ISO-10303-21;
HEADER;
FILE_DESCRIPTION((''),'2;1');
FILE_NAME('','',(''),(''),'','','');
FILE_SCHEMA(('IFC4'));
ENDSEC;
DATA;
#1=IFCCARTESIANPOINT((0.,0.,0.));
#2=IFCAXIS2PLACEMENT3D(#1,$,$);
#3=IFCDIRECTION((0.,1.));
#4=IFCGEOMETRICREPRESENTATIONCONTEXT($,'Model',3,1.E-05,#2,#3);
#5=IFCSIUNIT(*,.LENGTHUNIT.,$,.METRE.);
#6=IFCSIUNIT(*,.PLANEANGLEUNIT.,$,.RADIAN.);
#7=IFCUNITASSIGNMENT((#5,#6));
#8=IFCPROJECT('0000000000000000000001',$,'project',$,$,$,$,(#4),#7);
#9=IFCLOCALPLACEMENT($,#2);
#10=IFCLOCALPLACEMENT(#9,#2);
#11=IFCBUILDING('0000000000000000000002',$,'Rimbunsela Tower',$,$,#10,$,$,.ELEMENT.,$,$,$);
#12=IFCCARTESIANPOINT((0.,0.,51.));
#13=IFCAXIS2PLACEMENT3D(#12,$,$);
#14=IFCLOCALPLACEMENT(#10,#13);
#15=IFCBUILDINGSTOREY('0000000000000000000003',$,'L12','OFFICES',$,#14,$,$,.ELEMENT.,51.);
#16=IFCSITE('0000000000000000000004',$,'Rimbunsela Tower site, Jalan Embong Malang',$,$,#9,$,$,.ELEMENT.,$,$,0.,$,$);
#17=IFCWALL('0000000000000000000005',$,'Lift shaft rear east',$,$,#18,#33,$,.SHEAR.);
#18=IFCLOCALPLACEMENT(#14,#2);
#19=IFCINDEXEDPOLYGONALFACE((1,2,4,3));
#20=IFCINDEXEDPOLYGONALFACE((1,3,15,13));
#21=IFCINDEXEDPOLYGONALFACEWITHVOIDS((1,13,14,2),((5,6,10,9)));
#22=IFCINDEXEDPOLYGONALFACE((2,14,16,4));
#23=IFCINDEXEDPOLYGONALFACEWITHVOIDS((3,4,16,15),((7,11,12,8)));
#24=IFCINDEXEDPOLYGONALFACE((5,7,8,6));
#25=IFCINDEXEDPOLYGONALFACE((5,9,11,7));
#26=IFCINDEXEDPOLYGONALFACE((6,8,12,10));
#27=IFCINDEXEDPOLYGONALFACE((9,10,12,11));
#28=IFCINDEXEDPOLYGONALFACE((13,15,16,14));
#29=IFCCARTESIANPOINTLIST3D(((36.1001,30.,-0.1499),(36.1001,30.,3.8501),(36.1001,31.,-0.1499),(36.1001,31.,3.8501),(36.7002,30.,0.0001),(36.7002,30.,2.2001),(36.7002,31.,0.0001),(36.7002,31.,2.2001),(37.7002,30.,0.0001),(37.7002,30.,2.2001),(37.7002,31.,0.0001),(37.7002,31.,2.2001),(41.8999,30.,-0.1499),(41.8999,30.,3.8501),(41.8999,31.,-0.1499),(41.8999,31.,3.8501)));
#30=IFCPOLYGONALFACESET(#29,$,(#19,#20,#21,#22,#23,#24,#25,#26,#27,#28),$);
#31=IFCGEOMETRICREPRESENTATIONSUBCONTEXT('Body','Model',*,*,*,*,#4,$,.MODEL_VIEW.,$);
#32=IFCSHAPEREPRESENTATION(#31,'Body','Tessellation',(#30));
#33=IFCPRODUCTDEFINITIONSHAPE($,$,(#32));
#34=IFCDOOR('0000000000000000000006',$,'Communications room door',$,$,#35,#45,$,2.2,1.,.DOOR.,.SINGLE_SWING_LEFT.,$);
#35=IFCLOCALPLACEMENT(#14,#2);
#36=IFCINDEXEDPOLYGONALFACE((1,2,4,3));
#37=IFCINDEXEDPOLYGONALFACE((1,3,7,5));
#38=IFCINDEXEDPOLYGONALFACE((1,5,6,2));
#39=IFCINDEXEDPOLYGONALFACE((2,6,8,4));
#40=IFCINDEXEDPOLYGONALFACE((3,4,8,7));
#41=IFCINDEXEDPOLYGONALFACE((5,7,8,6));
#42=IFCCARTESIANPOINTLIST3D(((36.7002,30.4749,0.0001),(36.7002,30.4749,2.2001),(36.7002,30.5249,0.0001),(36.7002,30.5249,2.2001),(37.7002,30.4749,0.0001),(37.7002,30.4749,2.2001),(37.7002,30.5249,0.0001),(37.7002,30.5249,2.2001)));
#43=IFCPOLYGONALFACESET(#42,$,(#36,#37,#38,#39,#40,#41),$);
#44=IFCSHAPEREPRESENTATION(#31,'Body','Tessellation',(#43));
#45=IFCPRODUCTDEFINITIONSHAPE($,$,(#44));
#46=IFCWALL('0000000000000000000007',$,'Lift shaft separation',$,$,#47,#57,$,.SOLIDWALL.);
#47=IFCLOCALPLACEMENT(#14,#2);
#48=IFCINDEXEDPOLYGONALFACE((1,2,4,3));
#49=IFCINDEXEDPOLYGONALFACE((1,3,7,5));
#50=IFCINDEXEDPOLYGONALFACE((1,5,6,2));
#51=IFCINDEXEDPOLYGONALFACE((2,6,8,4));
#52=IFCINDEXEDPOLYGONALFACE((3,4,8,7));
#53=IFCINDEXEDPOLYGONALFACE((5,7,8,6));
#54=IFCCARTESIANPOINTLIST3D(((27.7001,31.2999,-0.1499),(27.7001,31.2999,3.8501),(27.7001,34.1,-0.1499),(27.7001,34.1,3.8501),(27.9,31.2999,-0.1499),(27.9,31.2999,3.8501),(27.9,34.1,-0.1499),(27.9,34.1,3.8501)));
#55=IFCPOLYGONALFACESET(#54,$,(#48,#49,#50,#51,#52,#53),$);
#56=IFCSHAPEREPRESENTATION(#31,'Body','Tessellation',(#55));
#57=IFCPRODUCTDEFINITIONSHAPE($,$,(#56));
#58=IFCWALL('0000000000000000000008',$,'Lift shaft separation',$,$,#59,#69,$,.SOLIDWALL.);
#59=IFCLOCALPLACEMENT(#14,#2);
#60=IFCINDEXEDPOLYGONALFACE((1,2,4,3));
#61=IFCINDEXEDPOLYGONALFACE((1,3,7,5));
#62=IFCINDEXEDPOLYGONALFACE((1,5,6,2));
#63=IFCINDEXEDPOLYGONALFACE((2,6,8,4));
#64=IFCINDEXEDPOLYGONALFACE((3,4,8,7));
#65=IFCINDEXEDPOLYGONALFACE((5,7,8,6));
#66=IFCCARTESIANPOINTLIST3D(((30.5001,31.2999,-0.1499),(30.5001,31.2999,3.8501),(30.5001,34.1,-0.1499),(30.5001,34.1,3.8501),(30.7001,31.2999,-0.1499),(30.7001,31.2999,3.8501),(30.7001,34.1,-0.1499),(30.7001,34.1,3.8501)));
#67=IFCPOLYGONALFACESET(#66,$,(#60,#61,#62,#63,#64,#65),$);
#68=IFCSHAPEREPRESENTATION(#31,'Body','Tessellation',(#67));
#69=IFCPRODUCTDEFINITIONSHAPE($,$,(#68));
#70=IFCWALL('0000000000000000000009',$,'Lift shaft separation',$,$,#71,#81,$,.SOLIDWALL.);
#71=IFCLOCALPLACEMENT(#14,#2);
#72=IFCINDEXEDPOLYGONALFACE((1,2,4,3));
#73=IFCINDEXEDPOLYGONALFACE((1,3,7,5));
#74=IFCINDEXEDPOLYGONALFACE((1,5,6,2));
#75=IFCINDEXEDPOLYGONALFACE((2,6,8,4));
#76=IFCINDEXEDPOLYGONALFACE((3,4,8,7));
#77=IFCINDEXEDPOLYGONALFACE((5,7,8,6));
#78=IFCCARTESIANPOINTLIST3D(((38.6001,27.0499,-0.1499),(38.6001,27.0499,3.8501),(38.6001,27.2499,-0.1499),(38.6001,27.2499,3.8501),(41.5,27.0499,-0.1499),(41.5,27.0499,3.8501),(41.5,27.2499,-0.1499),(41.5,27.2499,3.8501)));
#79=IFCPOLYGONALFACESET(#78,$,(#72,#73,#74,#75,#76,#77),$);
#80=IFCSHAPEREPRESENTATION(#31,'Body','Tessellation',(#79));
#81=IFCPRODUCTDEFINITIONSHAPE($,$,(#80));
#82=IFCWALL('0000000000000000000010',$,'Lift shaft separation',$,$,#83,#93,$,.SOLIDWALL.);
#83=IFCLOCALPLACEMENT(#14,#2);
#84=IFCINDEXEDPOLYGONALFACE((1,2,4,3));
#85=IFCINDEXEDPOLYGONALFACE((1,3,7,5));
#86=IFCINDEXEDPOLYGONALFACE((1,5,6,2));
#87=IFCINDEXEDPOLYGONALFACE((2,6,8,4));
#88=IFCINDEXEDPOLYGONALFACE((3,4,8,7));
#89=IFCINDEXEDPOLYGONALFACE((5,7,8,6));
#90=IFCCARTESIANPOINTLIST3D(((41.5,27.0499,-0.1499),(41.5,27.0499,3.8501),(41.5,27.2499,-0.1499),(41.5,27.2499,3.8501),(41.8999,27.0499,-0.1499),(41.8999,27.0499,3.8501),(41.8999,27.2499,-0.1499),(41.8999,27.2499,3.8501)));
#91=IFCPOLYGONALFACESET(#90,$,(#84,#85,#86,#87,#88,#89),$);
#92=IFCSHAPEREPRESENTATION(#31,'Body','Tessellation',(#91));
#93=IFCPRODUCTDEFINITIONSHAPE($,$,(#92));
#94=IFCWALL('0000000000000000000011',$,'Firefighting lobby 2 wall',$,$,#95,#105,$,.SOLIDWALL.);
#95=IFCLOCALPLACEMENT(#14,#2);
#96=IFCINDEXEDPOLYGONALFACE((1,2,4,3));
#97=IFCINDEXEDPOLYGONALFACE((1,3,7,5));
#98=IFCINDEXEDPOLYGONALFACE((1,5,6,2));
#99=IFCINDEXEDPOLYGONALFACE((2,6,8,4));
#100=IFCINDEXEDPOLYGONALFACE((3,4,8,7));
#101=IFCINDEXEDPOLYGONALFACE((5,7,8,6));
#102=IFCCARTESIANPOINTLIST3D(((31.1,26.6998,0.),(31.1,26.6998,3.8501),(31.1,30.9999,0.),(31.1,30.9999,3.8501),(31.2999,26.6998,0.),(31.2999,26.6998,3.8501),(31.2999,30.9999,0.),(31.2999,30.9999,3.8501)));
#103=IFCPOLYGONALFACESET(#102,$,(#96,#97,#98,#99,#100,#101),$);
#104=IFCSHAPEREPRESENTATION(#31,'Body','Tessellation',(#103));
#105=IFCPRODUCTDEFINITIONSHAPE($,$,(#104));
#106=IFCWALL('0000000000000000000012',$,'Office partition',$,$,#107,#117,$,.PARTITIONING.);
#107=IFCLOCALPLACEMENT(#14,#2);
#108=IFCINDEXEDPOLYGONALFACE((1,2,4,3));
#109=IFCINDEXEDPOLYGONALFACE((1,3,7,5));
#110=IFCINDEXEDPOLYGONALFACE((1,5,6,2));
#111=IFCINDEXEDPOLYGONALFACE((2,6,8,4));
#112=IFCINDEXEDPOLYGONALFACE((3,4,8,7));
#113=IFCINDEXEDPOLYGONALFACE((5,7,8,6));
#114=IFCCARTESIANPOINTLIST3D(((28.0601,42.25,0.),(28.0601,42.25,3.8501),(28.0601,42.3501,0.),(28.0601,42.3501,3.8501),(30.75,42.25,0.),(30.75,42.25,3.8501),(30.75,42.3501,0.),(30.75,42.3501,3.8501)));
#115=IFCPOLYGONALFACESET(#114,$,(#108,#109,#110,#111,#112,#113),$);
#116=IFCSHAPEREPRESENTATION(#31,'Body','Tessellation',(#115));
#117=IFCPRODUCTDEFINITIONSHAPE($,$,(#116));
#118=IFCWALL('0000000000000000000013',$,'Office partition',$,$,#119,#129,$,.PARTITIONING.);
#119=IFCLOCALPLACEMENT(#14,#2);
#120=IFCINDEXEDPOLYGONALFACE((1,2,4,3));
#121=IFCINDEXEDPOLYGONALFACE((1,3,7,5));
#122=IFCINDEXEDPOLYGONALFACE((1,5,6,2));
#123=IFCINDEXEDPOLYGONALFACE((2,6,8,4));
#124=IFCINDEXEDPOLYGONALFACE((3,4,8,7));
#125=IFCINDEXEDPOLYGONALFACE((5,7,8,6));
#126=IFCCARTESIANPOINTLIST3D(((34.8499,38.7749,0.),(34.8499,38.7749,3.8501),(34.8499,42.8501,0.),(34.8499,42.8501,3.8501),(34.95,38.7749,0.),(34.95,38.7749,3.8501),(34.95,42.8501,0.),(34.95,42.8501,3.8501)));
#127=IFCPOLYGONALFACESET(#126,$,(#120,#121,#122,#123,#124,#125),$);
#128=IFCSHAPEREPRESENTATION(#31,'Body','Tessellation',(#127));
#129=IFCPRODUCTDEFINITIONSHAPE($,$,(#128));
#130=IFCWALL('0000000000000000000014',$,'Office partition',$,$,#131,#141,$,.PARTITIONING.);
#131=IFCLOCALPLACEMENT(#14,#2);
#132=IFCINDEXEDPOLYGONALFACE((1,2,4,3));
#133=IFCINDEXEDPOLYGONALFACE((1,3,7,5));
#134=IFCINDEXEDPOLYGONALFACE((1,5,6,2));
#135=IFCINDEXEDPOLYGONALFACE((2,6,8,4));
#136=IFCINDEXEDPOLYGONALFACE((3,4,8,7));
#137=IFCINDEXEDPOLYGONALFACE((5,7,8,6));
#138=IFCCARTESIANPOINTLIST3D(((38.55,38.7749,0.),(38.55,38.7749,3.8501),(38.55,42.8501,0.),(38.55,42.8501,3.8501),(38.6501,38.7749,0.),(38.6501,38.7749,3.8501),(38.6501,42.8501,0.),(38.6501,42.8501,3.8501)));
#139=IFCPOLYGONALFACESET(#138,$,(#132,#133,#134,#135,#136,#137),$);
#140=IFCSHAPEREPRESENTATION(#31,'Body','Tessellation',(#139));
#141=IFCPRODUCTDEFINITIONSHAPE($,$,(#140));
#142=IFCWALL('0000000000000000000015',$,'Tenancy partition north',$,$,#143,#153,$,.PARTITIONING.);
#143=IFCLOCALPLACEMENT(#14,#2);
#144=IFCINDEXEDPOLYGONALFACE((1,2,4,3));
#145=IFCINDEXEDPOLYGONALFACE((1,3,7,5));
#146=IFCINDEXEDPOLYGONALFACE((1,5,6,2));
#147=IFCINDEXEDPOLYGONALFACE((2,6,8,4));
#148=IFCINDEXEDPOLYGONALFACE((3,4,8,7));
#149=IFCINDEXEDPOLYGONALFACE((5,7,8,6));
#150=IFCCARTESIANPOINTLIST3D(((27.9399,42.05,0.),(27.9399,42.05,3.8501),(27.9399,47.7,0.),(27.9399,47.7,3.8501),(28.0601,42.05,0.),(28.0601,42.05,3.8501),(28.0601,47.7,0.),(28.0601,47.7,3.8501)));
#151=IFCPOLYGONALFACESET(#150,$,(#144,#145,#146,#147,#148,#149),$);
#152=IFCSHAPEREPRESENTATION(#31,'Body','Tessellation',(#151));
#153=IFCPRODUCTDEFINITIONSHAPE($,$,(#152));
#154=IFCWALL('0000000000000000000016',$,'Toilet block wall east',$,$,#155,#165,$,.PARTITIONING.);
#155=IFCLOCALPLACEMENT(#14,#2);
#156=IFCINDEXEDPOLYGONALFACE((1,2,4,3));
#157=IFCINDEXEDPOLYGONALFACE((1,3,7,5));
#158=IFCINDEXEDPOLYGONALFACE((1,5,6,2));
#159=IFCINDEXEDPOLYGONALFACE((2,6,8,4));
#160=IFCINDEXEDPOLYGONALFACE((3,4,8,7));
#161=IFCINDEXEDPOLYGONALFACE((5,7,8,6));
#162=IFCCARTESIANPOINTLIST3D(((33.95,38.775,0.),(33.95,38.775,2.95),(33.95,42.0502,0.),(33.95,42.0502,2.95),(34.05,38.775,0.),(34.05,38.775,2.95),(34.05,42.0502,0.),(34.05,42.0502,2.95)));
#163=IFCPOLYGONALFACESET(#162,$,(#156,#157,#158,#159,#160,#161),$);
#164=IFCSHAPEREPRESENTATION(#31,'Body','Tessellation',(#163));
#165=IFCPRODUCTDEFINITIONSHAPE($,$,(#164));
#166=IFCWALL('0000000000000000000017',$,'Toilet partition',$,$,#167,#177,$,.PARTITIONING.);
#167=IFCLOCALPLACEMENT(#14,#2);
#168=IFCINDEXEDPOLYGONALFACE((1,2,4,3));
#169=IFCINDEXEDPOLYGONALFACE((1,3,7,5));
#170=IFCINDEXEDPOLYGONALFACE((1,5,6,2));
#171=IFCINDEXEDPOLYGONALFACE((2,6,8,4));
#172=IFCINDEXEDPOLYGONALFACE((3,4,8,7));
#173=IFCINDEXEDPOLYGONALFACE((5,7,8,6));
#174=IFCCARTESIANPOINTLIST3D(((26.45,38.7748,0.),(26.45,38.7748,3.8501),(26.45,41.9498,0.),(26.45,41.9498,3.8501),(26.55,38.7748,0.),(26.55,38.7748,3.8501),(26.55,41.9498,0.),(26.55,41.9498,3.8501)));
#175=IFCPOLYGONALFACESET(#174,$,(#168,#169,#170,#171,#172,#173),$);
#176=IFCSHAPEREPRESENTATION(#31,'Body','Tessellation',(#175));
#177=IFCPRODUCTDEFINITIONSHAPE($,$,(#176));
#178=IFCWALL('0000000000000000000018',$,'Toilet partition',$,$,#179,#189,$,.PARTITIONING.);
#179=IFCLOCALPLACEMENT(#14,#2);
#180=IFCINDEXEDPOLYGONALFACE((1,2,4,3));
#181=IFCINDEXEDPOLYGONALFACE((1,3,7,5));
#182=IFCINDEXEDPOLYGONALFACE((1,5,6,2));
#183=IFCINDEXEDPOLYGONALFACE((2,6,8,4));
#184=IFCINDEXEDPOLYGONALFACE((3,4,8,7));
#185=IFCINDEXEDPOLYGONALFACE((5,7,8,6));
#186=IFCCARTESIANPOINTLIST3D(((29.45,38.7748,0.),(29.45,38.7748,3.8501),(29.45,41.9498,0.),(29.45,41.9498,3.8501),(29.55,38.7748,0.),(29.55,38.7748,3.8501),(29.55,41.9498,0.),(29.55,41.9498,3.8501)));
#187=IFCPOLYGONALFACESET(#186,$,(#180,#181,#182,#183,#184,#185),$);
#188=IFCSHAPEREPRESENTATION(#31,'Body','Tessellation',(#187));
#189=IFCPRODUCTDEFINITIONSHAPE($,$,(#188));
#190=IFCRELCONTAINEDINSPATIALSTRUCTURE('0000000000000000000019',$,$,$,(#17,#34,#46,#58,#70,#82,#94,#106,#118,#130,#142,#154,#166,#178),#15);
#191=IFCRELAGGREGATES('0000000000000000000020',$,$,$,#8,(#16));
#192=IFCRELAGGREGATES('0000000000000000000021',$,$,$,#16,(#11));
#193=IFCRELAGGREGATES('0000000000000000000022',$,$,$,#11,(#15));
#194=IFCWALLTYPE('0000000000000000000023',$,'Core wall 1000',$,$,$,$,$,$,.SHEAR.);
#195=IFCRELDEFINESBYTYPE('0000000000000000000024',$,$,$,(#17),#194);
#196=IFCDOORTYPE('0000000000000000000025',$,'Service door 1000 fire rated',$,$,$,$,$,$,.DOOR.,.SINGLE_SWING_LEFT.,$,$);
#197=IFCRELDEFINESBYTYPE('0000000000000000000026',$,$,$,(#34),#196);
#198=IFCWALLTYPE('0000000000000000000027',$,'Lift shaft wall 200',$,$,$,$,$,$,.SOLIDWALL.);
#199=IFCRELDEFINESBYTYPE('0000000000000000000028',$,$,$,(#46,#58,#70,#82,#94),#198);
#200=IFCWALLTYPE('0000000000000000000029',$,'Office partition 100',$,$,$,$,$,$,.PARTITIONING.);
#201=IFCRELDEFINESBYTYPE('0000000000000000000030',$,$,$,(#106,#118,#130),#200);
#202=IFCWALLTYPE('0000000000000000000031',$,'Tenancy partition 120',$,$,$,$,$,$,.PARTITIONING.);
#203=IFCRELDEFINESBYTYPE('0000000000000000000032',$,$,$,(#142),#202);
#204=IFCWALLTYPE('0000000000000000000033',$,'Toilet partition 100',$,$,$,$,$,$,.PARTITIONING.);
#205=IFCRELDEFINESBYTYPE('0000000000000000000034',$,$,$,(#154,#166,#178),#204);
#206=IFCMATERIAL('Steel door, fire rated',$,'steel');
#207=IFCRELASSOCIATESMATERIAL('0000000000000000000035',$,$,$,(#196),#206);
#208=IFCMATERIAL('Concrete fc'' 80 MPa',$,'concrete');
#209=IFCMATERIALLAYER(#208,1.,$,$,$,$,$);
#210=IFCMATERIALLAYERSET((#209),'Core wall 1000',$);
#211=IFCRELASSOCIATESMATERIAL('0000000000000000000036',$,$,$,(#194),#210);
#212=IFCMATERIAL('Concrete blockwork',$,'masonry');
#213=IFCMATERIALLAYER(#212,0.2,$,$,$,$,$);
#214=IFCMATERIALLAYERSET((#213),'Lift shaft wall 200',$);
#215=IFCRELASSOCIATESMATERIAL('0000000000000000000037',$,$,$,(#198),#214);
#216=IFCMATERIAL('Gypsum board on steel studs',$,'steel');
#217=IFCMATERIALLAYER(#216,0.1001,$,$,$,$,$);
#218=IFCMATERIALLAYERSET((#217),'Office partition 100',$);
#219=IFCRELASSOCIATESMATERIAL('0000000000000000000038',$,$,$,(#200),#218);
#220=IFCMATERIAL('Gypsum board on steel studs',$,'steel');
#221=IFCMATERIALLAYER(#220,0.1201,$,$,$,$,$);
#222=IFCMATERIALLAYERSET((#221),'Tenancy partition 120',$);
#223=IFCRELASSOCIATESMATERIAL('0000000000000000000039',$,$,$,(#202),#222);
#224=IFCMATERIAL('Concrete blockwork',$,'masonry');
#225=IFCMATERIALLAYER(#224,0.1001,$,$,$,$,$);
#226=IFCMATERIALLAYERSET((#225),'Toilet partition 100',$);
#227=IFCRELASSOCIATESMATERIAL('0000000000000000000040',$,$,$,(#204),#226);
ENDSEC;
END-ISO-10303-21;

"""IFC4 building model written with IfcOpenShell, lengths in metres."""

from ifc_helpers import new_model, si_unit, direction, frame, frame_2d, origin, place, context, subcontext, project, spatial, rectangle, extrude, material, layer, layer_set, type_object, element, fill, save


model = new_model("IFC4")

# Units and contexts
model_context = context("Model", 3, precision=1e-05, world=origin(), true_north=direction((0.0, 1.0)))
body_context = subcontext(model_context, "Body", "Model", "MODEL_VIEW")
ifc_project = project(units=[si_unit("LENGTHUNIT", "METRE"), si_unit("PLANEANGLEUNIT", "RADIAN")], contexts=[model_context])

# Site, building, storey
site_placement = place(None, origin())
site = spatial("IfcSite", under=ifc_project, at=site_placement, Name="Rimbunsela Tower site, Jalan Embong Malang", CompositionType="ELEMENT", RefElevation=0.0)
building_placement = place(site_placement, origin())
building = spatial("IfcBuilding", under=site, at=building_placement, Name="Rimbunsela Tower", CompositionType="ELEMENT")
storey_placement = place(building_placement, frame((0.0, 0.0, 51.0)))
storey = spatial("IfcBuildingStorey", under=building, at=storey_placement, Name="L12", Description="OFFICES", CompositionType="ELEMENT", Elevation=51.0)

# Shared definitions
ifc_material_1 = material(Name="Steel door, fire rated", Category="steel")
door_type = type_object("IfcDoorType", Name="Service door 1000 fire rated", OperationType="SINGLE_SWING_LEFT", PredefinedType="DOOR", material=ifc_material_1)

# Wall, opening, door
ifc_material_2 = material(Name="Concrete fc' 80 MPa", Category="concrete")
ifc_layer_1 = layer(ifc_material_2, 1.0)
ifc_layer_set_1 = layer_set([ifc_layer_1], Name="Core wall 1000")
wall_type_1 = type_object("IfcWallType", Name="Core wall 1000", PredefinedType="SHEAR", material=ifc_layer_set_1)
wall_1_placement = place(storey_placement, frame((36.1001, 30.5, -0.1499), z_axis=(0.0, 0.0, 1.0), x_axis=(1.0, 0.0, 0.0)))
wall_1 = element("IfcWall", 1, at=wall_1_placement, inside=storey, type_object=wall_type_1, Name="Lift shaft rear east", PredefinedType="SHEAR", context=body_context, shape_type="SweptSolid", body=[
    extrude(rectangle(XDim=5.7998, YDim=1.0, at=frame_2d((2.8999, 0.0))), origin(), (0.0, 0.0, 1.0), 4.0),
])
opening_1_placement = place(wall_1_placement, frame((0.6001, 0.0, 0.1499)))
opening_1 = element("IfcOpeningElement", 2, at=opening_1_placement, cuts=wall_1, PredefinedType="OPENING", context=body_context, shape_type="SweptSolid", body=[
    extrude(rectangle(XDim=1.0, YDim=2.2, at=frame_2d((0.5, 1.1001))), frame((0.0, 0.51, 0.0), z_axis=(0.0, -1.0, 0.0), x_axis=(1.0, 0.0, 0.0)), (0.0, 0.0, 1.0), 1.02),
])
door_1_placement = place(opening_1_placement, origin())
door_1 = element("IfcDoor", 3, at=door_1_placement, inside=storey, type_object=door_type, Name="Communications room door", OperationType="SINGLE_SWING_LEFT", OverallHeight=2.2, OverallWidth=1.0, PredefinedType="DOOR", context=body_context, shape_type="SweptSolid", body=[
    extrude(rectangle(XDim=1.0, YDim=2.2, at=frame_2d((0.5, 1.1001))), frame((0.0, 0.0249, 0.0), z_axis=(0.0, -1.0, 0.0), x_axis=(1.0, 0.0, 0.0)), (0.0, 0.0, 1.0), 0.05),
])
fill(opening_1, door_1)

# Walls
ifc_material_3 = material(Name="Concrete blockwork", Category="masonry")
ifc_layer_2 = layer(ifc_material_3, 0.2)
ifc_layer_set_2 = layer_set([ifc_layer_2], Name="Lift shaft wall 200")
wall_type_2 = type_object("IfcWallType", Name="Lift shaft wall 200", PredefinedType="SOLIDWALL", material=ifc_layer_set_2)
for number, where, z_axis, x_axis, name in (
    (4, (27.8, 31.3, -0.1499), (0.0, 0.0, 1.0), (0.0, 1.0, 0.0), "Lift shaft separation"),
    (5, (30.6001, 31.3, -0.1499), (0.0, 0.0, 1.0), (0.0, 1.0, 0.0), "Lift shaft separation"),
):
    element("IfcWall", number, at=place(storey_placement, frame(where, z_axis=z_axis, x_axis=x_axis)), inside=storey, type_object=wall_type_2, Name=name, PredefinedType="SOLIDWALL", context=body_context, shape_type="SweptSolid", body=[
        extrude(rectangle(XDim=2.8, YDim=0.2, at=frame_2d((1.3999, 0.0))), origin(), (0.0, 0.0, 1.0), 4.0),
    ])
wall_2_placement = place(storey_placement, frame((38.6001, 27.1499, -0.1499), z_axis=(0.0, 0.0, 1.0), x_axis=(1.0, 0.0, 0.0)))
element("IfcWall", 6, at=wall_2_placement, inside=storey, type_object=wall_type_2, Name="Lift shaft separation", PredefinedType="SOLIDWALL", context=body_context, shape_type="SweptSolid", body=[
    extrude(rectangle(XDim=2.8999, YDim=0.2, at=frame_2d((1.45, 0.0))), origin(), (0.0, 0.0, 1.0), 4.0),
])
wall_3_placement = place(storey_placement, frame((41.5, 27.1499, -0.1499), z_axis=(0.0, 0.0, 1.0), x_axis=(1.0, 0.0, 0.0)))
element("IfcWall", 7, at=wall_3_placement, inside=storey, type_object=wall_type_2, Name="Lift shaft separation", PredefinedType="SOLIDWALL", context=body_context, shape_type="SweptSolid", body=[
    extrude(rectangle(XDim=0.3999, YDim=0.2, at=frame_2d((0.2, 0.0))), origin(), (0.0, 0.0, 1.0), 4.0),
])
wall_4_placement = place(storey_placement, frame((31.2, 26.7, 0.0), z_axis=(0.0, 0.0, 1.0), x_axis=(0.0, 1.0, 0.0)))
element("IfcWall", 8, at=wall_4_placement, inside=storey, type_object=wall_type_2, Name="Firefighting lobby 2 wall", PredefinedType="SOLIDWALL", context=body_context, shape_type="SweptSolid", body=[
    extrude(rectangle(XDim=4.3, YDim=0.2, at=frame_2d((2.1499, 0.0))), origin(), (0.0, 0.0, 1.0), 3.8501),
])
ifc_material_4 = material(Name="Gypsum board on steel studs", Category="steel")
ifc_layer_3 = layer(ifc_material_4, 0.1001)
ifc_layer_set_3 = layer_set([ifc_layer_3], Name="Office partition 100")
wall_type_3 = type_object("IfcWallType", Name="Office partition 100", PredefinedType="PARTITIONING", material=ifc_layer_set_3)
wall_5_placement = place(storey_placement, frame((28.0601, 42.3, 0.0), z_axis=(0.0, 0.0, 1.0), x_axis=(1.0, 0.0, 0.0)))
element("IfcWall", 9, at=wall_5_placement, inside=storey, type_object=wall_type_3, Name="Office partition", PredefinedType="PARTITIONING", context=body_context, shape_type="SweptSolid", body=[
    extrude(rectangle(XDim=2.6899, YDim=0.1001, at=frame_2d((1.345, 0.0))), origin(), (0.0, 0.0, 1.0), 3.8501),
])
for number, where, z_axis, x_axis, name in (
    (10, (34.8999, 38.7749, 0.0), (0.0, 0.0, 1.0), (0.0, 1.0, 0.0), "Office partition"),
    (11, (38.6001, 38.7749, 0.0), (0.0, 0.0, 1.0), (0.0, 1.0, 0.0), "Office partition"),
):
    element("IfcWall", number, at=place(storey_placement, frame(where, z_axis=z_axis, x_axis=x_axis)), inside=storey, type_object=wall_type_3, Name=name, PredefinedType="PARTITIONING", context=body_context, shape_type="SweptSolid", body=[
        extrude(rectangle(XDim=4.0752, YDim=0.1001, at=frame_2d((2.0376, 0.0))), origin(), (0.0, 0.0, 1.0), 3.8501),
    ])
ifc_material_5 = material(Name="Gypsum board on steel studs", Category="steel")
ifc_layer_4 = layer(ifc_material_5, 0.1201)
ifc_layer_set_4 = layer_set([ifc_layer_4], Name="Tenancy partition 120")
wall_type_4 = type_object("IfcWallType", Name="Tenancy partition 120", PredefinedType="PARTITIONING", material=ifc_layer_set_4)
wall_6_placement = place(storey_placement, frame((28.0, 42.05, 0.0), z_axis=(0.0, 0.0, 1.0), x_axis=(0.0, 1.0, 0.0)))
element("IfcWall", 12, at=wall_6_placement, inside=storey, type_object=wall_type_4, Name="Tenancy partition north", PredefinedType="PARTITIONING", context=body_context, shape_type="SweptSolid", body=[
    extrude(rectangle(XDim=5.6499, YDim=0.1201, at=frame_2d((2.825, 0.0))), origin(), (0.0, 0.0, 1.0), 3.8501),
])
ifc_material_6 = material(Name="Concrete blockwork", Category="masonry")
ifc_layer_5 = layer(ifc_material_6, 0.1001)
ifc_layer_set_5 = layer_set([ifc_layer_5], Name="Toilet partition 100")
wall_type_5 = type_object("IfcWallType", Name="Toilet partition 100", PredefinedType="PARTITIONING", material=ifc_layer_set_5)
wall_7_placement = place(storey_placement, frame((34.0, 38.7749, 0.0), z_axis=(0.0, 0.0, 1.0), x_axis=(0.0, 1.0, 0.0)))
element("IfcWall", 13, at=wall_7_placement, inside=storey, type_object=wall_type_5, Name="Toilet block wall east", PredefinedType="PARTITIONING", context=body_context, shape_type="SweptSolid", body=[
    extrude(rectangle(XDim=3.2751, YDim=0.1001, at=frame_2d((1.6377, 0.0))), origin(), (0.0, 0.0, 1.0), 2.95),
])
for number, where, z_axis, x_axis, name in (
    (14, (26.5, 38.7749, 0.0), (0.0, 0.0, 1.0), (0.0, 1.0, 0.0), "Toilet partition"),
    (15, (29.5, 38.7749, 0.0), (0.0, 0.0, 1.0), (0.0, 1.0, 0.0), "Toilet partition"),
):
    element("IfcWall", number, at=place(storey_placement, frame(where, z_axis=z_axis, x_axis=x_axis)), inside=storey, type_object=wall_type_5, Name=name, PredefinedType="PARTITIONING", context=body_context, shape_type="SweptSolid", body=[
        extrude(rectangle(XDim=3.175, YDim=0.1001, at=frame_2d((1.5874, 0.0))), origin(), (0.0, 0.0, 1.0), 3.8501),
    ])

save(model, "model.ifc")
